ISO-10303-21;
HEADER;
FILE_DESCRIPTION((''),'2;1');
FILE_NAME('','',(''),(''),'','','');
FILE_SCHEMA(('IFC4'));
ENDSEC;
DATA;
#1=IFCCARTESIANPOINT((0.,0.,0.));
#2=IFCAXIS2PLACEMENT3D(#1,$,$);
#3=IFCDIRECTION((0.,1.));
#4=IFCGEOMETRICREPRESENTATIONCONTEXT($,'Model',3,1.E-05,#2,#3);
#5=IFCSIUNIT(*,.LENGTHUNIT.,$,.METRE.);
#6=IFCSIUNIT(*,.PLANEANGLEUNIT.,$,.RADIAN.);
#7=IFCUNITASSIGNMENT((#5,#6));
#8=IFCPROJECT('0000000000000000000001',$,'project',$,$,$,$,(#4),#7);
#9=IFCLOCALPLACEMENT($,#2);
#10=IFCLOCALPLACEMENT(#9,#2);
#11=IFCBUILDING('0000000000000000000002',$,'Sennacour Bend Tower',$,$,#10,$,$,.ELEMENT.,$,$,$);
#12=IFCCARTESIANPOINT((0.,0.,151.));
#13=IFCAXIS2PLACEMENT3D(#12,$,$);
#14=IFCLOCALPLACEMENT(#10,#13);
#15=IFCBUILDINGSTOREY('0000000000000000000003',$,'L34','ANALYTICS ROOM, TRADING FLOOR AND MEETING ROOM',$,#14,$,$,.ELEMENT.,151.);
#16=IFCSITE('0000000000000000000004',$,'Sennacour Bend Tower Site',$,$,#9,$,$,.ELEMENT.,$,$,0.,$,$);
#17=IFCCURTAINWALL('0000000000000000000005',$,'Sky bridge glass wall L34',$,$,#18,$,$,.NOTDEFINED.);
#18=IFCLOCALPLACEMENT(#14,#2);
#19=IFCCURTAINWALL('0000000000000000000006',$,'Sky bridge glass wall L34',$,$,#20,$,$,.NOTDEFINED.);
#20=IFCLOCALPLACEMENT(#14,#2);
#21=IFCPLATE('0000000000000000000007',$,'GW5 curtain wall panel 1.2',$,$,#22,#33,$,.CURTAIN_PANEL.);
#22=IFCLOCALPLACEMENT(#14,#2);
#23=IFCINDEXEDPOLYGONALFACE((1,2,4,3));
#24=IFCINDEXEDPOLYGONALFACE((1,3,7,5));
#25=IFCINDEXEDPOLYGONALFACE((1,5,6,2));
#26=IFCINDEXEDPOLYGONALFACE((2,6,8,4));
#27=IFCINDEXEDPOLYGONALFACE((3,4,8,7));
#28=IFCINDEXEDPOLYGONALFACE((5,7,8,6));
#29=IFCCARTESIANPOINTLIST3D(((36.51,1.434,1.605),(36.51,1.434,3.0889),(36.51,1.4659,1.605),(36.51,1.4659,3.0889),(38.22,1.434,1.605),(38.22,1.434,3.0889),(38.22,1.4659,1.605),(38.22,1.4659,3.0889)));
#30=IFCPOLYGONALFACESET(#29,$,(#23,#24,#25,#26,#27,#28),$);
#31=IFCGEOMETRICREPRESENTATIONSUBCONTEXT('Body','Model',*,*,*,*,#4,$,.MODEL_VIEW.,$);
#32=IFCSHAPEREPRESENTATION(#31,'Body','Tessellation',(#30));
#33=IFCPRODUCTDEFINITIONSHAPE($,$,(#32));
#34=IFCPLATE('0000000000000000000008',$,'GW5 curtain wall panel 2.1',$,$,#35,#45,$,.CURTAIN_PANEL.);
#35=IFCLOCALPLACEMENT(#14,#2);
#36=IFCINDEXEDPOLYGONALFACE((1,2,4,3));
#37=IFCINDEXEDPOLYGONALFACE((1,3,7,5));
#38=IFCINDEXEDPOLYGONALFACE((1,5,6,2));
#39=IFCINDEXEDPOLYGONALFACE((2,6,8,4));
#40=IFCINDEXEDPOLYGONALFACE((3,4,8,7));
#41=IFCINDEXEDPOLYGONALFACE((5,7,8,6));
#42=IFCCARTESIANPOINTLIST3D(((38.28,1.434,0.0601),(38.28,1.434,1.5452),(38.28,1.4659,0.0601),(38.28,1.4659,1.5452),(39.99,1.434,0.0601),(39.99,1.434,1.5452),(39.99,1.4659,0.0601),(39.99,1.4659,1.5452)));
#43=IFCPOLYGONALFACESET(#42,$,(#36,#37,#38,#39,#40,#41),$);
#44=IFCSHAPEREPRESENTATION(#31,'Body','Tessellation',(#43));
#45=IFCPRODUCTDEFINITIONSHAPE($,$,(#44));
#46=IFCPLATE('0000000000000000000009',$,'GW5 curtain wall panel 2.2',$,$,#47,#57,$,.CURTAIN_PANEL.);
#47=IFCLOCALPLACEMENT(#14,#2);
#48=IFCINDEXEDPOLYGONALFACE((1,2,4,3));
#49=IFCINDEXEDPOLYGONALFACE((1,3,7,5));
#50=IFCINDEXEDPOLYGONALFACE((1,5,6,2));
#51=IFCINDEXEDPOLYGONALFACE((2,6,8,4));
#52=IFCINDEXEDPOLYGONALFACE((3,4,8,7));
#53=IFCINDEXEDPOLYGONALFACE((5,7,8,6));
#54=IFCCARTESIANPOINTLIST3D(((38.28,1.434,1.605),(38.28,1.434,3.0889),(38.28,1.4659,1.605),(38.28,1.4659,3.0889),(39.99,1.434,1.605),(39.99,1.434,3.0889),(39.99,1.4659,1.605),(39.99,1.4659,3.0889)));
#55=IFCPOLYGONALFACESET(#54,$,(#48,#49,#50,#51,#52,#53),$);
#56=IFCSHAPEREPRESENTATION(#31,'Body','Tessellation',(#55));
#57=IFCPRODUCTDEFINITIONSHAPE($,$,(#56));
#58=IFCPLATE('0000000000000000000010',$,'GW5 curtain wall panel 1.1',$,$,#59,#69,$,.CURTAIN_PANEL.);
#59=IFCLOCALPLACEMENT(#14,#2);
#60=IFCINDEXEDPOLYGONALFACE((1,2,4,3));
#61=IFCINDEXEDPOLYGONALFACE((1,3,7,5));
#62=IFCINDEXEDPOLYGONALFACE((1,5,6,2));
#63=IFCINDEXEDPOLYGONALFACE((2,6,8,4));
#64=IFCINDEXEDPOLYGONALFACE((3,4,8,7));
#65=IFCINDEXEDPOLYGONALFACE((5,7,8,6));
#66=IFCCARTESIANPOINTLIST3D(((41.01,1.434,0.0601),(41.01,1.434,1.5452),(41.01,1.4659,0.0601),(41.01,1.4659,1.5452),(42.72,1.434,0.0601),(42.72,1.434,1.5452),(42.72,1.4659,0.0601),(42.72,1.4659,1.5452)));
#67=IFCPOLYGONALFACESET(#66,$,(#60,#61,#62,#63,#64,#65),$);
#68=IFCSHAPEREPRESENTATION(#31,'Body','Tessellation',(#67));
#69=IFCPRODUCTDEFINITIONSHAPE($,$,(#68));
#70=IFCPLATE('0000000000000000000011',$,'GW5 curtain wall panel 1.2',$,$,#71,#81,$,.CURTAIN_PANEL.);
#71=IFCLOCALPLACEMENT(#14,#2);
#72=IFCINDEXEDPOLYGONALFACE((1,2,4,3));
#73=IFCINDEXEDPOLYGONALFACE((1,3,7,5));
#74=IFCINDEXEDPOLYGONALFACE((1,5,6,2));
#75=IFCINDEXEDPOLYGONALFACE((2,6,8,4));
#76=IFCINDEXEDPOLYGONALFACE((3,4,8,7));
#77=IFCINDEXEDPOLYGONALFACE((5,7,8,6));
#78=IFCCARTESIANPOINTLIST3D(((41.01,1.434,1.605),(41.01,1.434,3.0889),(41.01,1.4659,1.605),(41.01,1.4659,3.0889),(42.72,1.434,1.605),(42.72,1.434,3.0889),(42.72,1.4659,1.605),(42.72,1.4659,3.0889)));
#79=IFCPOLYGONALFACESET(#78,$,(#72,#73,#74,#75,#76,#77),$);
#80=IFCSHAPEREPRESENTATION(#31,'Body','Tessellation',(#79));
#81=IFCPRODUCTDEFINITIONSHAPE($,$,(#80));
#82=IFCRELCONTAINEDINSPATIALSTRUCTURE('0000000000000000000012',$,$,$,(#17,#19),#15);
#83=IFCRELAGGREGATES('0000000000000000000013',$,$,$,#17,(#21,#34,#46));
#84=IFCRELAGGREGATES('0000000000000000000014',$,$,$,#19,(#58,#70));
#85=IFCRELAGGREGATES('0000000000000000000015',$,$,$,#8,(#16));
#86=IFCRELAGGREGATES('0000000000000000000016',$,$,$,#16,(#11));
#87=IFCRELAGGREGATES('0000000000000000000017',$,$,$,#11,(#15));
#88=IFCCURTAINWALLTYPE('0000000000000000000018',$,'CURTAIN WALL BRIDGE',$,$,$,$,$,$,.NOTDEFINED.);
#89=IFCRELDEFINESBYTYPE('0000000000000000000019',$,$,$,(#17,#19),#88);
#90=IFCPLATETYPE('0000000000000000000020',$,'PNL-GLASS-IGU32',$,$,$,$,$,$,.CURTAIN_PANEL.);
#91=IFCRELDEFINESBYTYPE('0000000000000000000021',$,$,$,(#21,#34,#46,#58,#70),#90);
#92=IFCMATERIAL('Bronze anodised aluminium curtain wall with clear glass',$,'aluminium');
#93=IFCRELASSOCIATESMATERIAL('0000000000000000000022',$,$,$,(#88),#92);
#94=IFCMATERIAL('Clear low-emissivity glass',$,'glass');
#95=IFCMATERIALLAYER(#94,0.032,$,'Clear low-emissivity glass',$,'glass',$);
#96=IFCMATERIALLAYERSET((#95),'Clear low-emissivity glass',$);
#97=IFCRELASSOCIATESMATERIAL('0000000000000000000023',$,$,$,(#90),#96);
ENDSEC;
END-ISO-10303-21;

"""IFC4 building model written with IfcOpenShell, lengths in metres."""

from ifc_helpers import new_model, si_unit, direction, frame, origin, origin_2d, place, context, subcontext, project, spatial, rectangle, extrude, material, layer, layer_set, type_object, element, aggregate, save


model = new_model("IFC4")

# Units and contexts
model_context = context("Model", 3, precision=1e-05, world=origin(), true_north=direction((0.0, 1.0)))
body_context = subcontext(model_context, "Body", "Model", "MODEL_VIEW")
ifc_project = project(units=[si_unit("LENGTHUNIT", "METRE"), si_unit("PLANEANGLEUNIT", "RADIAN")], contexts=[model_context])

# Site, building, storey
site_placement = place(None, origin())
site = spatial("IfcSite", under=ifc_project, at=site_placement, Name="Sennacour Bend Tower Site", CompositionType="ELEMENT", RefElevation=0.0)
building_placement = place(site_placement, origin())
building = spatial("IfcBuilding", under=site, at=building_placement, Name="Sennacour Bend Tower", CompositionType="ELEMENT")
storey_placement = place(building_placement, frame((0.0, 0.0, 151.0)))
storey = spatial("IfcBuildingStorey", under=building, at=storey_placement, Name="L34", Description="ANALYTICS ROOM, TRADING FLOOR AND MEETING ROOM", CompositionType="ELEMENT", Elevation=151.0)

# Curtain walls
ifc_material_1 = material(Name="Bronze anodised aluminium curtain wall with clear glass", Category="aluminium")
curtain_wall_type = type_object("IfcCurtainWallType", Name="CURTAIN WALL BRIDGE", PredefinedType="NOTDEFINED", material=ifc_material_1)
curtain_wall_1_placement = place(storey_placement, origin())
curtain_wall_1 = element("IfcCurtainWall", 1, at=curtain_wall_1_placement, inside=storey, type_object=curtain_wall_type, Name="Sky bridge glass wall L34", PredefinedType="NOTDEFINED")
curtain_wall_2_placement = place(storey_placement, origin())
curtain_wall_2 = element("IfcCurtainWall", 2, at=curtain_wall_2_placement, inside=storey, type_object=curtain_wall_type, Name="Sky bridge glass wall L34", PredefinedType="NOTDEFINED")

# Plates
ifc_material_2 = material(Name="Clear low-emissivity glass", Category="glass")
ifc_layer = layer(ifc_material_2, 0.032, Name="Clear low-emissivity glass", Category="glass")
ifc_layer_set = layer_set([ifc_layer], Name="Clear low-emissivity glass")
plate_type = type_object("IfcPlateType", Name="PNL-GLASS-IGU32", PredefinedType="CURTAIN_PANEL", material=ifc_layer_set)
plate_1_placement = place(storey_placement, frame((37.365, 1.45, 1.605), z_axis=(0.0, 0.0, 1.0), x_axis=(1.0, 0.0, 0.0)))
plate_1 = element("IfcPlate", 3, at=plate_1_placement, type_object=plate_type, Name="GW5 curtain wall panel 1.2", PredefinedType="CURTAIN_PANEL", context=body_context, shape_type="SweptSolid", body=[
    extrude(rectangle(XDim=1.71, YDim=0.032, at=origin_2d()), origin(), (0.0, 0.0, 1.0), 1.4839),
])
plate_2_placement = place(storey_placement, frame((39.135, 1.45, 0.0601), z_axis=(0.0, 0.0, 1.0), x_axis=(1.0, 0.0, 0.0)))
plate_2 = element("IfcPlate", 4, at=plate_2_placement, type_object=plate_type, Name="GW5 curtain wall panel 2.1", PredefinedType="CURTAIN_PANEL", context=body_context, shape_type="SweptSolid", body=[
    extrude(rectangle(XDim=1.71, YDim=0.032, at=origin_2d()), origin(), (0.0, 0.0, 1.0), 1.4851),
])
plate_3_placement = place(storey_placement, frame((39.135, 1.45, 1.605), z_axis=(0.0, 0.0, 1.0), x_axis=(1.0, 0.0, 0.0)))
plate_3 = element("IfcPlate", 5, at=plate_3_placement, type_object=plate_type, Name="GW5 curtain wall panel 2.2", PredefinedType="CURTAIN_PANEL", context=body_context, shape_type="SweptSolid", body=[
    extrude(rectangle(XDim=1.71, YDim=0.032, at=origin_2d()), origin(), (0.0, 0.0, 1.0), 1.4839),
])
aggregate(curtain_wall_1, [plate_1, plate_2, plate_3])
plate_4_placement = place(storey_placement, frame((41.865, 1.45, 0.0601), z_axis=(0.0, 0.0, 1.0), x_axis=(1.0, 0.0, 0.0)))
plate_4 = element("IfcPlate", 6, at=plate_4_placement, type_object=plate_type, Name="GW5 curtain wall panel 1.1", PredefinedType="CURTAIN_PANEL", context=body_context, shape_type="SweptSolid", body=[
    extrude(rectangle(XDim=1.71, YDim=0.032, at=origin_2d()), origin(), (0.0, 0.0, 1.0), 1.4851),
])
plate_5_placement = place(storey_placement, frame((41.865, 1.45, 1.605), z_axis=(0.0, 0.0, 1.0), x_axis=(1.0, 0.0, 0.0)))
plate_5 = element("IfcPlate", 7, at=plate_5_placement, type_object=plate_type, Name="GW5 curtain wall panel 1.2", PredefinedType="CURTAIN_PANEL", context=body_context, shape_type="SweptSolid", body=[
    extrude(rectangle(XDim=1.71, YDim=0.032, at=origin_2d()), origin(), (0.0, 0.0, 1.0), 1.4839),
])
aggregate(curtain_wall_2, [plate_4, plate_5])

save(model, "model.ifc")
